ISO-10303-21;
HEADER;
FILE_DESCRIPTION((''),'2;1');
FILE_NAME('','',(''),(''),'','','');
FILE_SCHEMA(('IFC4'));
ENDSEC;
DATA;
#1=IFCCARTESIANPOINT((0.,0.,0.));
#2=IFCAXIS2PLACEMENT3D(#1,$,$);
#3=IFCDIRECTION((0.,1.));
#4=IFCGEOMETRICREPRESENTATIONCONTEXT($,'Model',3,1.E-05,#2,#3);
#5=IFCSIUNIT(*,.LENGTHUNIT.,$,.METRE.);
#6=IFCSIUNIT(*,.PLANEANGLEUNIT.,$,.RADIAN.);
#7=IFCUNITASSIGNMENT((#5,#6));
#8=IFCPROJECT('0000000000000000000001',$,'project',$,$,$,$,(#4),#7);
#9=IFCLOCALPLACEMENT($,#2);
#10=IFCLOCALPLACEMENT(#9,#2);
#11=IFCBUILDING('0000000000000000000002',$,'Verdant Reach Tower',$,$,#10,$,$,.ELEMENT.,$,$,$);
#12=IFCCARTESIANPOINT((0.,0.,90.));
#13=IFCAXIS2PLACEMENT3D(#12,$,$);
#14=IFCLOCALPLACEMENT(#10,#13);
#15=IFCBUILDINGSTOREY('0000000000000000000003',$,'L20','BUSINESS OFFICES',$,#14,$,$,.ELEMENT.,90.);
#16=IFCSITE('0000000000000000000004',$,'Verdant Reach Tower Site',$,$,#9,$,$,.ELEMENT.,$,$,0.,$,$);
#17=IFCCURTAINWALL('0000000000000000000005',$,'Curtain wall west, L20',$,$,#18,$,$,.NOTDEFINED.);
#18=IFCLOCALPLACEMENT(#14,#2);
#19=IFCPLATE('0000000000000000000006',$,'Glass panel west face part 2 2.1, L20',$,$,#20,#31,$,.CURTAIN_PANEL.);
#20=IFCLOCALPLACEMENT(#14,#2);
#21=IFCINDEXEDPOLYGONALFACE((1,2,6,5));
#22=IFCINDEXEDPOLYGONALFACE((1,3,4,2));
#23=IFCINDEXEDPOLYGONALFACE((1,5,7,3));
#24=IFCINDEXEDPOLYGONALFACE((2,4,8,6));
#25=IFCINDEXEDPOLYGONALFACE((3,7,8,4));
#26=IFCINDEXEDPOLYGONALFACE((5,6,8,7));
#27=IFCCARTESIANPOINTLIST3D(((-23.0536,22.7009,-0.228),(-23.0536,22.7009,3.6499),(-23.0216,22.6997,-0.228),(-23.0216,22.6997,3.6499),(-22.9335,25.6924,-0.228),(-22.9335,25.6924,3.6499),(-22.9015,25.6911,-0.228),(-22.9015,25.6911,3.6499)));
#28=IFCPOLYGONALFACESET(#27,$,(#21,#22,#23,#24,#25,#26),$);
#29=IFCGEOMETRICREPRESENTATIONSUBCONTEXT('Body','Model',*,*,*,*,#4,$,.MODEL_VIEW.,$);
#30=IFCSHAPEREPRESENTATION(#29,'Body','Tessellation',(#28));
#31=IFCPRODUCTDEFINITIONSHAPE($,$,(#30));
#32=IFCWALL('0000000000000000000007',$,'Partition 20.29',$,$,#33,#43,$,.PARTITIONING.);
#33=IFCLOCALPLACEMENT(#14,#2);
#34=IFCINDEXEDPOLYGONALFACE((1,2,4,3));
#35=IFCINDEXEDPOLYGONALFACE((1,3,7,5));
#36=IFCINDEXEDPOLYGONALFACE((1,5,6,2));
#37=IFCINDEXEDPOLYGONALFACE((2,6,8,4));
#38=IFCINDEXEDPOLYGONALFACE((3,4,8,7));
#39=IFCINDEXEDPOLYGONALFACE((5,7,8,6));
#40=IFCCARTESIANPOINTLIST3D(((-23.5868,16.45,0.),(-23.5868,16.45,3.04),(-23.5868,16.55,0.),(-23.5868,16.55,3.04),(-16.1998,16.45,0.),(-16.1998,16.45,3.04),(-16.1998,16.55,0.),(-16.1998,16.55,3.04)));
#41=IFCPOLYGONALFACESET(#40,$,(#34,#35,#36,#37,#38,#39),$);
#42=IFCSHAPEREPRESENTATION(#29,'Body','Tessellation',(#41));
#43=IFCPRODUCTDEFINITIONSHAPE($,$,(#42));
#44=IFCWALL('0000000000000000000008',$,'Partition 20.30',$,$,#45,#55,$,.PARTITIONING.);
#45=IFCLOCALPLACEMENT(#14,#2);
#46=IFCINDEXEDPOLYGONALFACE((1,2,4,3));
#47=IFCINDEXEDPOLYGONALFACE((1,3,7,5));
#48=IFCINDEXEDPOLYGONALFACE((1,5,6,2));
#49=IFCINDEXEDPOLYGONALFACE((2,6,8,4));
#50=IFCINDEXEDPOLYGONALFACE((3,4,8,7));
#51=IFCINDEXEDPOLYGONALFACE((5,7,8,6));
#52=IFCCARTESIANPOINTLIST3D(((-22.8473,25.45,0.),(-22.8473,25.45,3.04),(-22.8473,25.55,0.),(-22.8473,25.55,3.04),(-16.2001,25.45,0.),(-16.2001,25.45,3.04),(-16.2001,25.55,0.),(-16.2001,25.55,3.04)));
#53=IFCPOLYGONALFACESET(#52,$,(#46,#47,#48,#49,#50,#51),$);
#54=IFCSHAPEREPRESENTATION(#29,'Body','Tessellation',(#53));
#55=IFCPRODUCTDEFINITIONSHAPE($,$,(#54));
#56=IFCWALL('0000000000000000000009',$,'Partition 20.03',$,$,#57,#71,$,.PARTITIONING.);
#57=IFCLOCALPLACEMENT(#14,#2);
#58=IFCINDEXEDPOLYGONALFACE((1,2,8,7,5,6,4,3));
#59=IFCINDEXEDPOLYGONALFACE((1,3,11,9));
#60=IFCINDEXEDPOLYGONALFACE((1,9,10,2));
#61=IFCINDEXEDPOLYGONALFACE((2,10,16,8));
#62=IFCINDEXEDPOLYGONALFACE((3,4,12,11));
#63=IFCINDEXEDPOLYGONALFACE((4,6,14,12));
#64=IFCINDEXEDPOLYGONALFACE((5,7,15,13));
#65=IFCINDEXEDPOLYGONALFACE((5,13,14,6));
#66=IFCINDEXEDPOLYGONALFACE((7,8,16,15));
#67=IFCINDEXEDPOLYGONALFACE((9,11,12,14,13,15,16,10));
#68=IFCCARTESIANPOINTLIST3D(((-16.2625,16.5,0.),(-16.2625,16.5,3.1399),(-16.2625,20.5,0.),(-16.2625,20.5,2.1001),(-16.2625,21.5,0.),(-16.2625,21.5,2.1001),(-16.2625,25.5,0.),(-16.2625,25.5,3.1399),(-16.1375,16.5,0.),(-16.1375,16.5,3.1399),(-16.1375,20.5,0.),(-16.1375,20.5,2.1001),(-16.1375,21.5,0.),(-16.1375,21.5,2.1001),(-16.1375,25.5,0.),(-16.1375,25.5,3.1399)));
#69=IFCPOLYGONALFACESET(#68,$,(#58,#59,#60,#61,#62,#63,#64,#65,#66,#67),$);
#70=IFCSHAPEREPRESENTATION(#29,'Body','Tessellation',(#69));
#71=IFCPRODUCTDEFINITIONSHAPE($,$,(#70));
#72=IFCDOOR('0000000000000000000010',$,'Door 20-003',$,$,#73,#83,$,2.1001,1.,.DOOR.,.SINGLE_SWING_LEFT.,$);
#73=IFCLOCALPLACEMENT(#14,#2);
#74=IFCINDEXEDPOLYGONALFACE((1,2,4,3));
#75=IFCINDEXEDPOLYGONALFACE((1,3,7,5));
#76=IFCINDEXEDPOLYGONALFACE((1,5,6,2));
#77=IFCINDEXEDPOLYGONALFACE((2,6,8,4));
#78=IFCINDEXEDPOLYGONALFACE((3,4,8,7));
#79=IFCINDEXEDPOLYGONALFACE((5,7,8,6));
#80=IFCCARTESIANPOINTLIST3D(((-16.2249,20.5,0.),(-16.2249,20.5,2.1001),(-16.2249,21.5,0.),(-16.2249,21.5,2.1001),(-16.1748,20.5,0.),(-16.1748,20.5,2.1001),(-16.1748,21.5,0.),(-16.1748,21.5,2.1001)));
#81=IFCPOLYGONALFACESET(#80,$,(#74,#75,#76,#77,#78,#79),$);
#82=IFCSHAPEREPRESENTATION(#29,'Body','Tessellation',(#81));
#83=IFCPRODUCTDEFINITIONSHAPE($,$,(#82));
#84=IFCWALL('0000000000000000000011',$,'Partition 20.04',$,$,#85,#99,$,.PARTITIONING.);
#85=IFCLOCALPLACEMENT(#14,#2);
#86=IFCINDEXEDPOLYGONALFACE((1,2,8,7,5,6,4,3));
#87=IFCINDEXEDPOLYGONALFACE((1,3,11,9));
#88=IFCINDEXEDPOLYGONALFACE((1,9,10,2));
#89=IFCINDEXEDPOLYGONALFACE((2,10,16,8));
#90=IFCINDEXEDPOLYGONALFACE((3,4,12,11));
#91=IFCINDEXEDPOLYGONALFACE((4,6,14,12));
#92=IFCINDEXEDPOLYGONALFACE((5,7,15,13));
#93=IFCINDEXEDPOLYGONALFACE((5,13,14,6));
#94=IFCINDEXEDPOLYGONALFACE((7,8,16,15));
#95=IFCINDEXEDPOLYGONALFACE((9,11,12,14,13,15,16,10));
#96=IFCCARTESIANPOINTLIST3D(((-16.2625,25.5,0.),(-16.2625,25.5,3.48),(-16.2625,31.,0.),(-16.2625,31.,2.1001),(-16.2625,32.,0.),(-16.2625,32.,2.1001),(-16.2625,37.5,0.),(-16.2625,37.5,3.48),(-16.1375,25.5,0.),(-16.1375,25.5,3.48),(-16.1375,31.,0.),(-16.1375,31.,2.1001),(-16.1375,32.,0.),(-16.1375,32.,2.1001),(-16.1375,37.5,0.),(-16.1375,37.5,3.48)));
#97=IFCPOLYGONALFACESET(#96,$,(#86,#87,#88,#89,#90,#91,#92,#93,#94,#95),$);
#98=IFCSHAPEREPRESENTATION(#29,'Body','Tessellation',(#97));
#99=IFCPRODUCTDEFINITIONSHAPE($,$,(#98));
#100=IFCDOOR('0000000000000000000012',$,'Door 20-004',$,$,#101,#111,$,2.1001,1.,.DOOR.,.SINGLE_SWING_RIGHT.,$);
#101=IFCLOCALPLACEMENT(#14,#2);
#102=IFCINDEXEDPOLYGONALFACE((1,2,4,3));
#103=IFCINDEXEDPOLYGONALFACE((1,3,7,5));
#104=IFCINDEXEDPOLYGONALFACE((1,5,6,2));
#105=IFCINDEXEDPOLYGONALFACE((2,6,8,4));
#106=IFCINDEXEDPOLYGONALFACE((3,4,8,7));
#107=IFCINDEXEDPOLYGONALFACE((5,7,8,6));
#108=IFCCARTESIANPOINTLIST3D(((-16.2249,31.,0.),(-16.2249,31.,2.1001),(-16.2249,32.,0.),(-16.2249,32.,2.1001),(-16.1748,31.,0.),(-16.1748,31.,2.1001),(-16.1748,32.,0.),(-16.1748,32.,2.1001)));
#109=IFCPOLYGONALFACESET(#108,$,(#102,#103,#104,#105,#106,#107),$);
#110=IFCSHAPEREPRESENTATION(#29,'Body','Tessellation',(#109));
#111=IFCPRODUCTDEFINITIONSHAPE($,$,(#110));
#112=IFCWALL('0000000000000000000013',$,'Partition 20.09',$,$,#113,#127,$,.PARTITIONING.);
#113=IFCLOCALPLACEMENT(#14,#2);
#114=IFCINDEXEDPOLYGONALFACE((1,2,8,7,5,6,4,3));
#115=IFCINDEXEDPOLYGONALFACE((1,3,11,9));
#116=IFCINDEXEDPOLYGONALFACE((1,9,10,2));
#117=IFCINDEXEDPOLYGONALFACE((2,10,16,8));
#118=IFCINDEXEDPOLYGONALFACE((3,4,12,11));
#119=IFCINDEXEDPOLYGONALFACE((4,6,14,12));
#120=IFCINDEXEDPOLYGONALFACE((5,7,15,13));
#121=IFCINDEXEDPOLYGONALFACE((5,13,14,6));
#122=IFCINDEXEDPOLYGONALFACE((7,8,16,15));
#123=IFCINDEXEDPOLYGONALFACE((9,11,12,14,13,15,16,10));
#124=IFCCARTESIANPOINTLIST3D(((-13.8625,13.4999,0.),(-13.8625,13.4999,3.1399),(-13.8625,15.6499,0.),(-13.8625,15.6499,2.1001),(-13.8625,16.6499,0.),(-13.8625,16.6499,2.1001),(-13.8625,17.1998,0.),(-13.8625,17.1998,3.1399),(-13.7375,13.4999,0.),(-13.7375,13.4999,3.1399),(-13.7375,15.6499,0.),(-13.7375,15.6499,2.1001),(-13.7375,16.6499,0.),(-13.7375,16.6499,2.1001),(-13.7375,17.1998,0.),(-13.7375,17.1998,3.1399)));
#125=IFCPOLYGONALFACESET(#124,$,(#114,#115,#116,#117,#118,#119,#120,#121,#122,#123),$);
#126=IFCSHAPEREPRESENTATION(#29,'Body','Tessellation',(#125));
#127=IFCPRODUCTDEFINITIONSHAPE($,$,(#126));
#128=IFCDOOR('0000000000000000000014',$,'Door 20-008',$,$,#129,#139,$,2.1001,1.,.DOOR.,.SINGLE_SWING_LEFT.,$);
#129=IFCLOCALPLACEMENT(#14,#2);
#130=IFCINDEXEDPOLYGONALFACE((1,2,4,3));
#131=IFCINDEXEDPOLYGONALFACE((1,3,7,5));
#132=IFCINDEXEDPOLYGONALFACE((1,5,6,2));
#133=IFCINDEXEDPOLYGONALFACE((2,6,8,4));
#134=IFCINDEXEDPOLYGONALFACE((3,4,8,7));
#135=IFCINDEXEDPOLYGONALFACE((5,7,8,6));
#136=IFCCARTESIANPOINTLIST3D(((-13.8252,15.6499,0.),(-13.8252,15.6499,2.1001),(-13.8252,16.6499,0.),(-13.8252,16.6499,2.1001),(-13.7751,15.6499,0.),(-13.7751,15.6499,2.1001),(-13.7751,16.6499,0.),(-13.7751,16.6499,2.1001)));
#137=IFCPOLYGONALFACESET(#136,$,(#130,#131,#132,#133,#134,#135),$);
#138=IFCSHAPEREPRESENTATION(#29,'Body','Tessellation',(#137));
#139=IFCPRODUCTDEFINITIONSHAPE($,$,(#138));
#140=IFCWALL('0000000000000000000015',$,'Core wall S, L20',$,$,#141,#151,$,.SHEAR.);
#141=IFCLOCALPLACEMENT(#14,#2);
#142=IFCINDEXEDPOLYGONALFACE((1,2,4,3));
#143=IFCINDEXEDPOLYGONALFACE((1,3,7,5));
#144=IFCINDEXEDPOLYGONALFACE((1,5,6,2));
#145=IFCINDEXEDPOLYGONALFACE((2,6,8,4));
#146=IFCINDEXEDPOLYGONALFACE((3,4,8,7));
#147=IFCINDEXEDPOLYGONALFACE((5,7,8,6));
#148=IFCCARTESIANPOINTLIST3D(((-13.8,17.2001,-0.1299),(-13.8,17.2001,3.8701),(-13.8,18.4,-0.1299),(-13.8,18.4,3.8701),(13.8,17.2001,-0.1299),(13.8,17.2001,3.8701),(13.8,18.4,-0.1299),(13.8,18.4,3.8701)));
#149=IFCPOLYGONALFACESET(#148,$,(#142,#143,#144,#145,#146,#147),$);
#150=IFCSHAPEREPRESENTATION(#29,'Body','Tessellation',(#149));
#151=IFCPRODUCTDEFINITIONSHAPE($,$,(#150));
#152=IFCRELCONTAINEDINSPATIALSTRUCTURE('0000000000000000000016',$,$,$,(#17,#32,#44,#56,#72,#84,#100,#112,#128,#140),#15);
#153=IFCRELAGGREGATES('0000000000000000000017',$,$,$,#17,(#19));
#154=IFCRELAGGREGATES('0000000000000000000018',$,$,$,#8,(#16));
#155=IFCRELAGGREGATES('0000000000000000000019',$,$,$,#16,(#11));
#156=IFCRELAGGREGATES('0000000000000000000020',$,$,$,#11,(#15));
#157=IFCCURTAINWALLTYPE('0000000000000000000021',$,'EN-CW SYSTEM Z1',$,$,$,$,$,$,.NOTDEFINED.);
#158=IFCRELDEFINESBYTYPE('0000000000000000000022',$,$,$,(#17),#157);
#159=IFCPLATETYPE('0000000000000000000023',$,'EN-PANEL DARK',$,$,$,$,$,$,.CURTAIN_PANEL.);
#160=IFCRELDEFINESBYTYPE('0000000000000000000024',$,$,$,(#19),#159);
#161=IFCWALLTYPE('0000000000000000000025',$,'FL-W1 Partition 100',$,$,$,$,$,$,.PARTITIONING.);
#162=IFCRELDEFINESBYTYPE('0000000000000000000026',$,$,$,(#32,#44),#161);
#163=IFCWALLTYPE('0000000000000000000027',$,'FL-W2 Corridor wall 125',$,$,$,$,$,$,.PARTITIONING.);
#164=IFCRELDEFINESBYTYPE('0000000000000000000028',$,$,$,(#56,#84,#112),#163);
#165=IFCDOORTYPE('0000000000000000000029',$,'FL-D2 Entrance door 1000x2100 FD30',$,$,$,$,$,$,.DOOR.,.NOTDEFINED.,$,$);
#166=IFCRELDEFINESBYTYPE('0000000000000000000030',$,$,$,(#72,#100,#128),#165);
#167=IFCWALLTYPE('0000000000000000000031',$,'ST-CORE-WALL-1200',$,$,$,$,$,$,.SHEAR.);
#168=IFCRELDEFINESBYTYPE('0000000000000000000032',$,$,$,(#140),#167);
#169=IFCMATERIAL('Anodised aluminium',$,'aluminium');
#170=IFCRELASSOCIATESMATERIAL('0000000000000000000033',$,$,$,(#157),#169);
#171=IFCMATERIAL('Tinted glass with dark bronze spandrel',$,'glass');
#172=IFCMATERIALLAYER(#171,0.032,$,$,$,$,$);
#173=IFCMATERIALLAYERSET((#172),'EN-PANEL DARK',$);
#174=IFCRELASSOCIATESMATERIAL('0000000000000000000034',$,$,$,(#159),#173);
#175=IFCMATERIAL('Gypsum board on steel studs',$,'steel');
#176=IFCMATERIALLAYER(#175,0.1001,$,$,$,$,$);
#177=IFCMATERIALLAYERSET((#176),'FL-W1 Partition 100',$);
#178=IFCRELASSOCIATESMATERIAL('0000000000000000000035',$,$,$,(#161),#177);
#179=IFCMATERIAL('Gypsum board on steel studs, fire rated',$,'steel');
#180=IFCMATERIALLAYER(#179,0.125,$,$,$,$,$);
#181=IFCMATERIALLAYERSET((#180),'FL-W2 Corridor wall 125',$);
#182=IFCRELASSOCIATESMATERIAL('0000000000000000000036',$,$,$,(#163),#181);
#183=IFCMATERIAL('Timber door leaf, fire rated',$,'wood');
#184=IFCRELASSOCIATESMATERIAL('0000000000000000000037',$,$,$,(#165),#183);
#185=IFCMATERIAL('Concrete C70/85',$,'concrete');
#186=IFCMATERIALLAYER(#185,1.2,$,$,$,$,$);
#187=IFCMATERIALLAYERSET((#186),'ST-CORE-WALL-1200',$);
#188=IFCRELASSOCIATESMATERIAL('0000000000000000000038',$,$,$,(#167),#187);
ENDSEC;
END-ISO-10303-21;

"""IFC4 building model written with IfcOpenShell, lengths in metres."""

from ifc_helpers import new_model, si_unit, direction, frame, frame_2d, origin, origin_2d, place, context, subcontext, project, spatial, rectangle, extrude, material, layer, layer_set, type_object, element, fill, aggregate, save


model = new_model("IFC4")

# Units and contexts
model_context = context("Model", 3, precision=1e-05, world=origin(), true_north=direction((0.0, 1.0)))
body_context = subcontext(model_context, "Body", "Model", "MODEL_VIEW")
ifc_project = project(units=[si_unit("LENGTHUNIT", "METRE"), si_unit("PLANEANGLEUNIT", "RADIAN")], contexts=[model_context])

# Site, building, storey
site_placement = place(None, origin())
site = spatial("IfcSite", under=ifc_project, at=site_placement, Name="Verdant Reach Tower Site", CompositionType="ELEMENT", RefElevation=0.0)
building_placement = place(site_placement, origin())
building = spatial("IfcBuilding", under=site, at=building_placement, Name="Verdant Reach Tower", CompositionType="ELEMENT")
storey_placement = place(building_placement, frame((0.0, 0.0, 90.0)))
storey = spatial("IfcBuildingStorey", under=building, at=storey_placement, Name="L20", Description="BUSINESS OFFICES", CompositionType="ELEMENT", Elevation=90.0)

# Curtain wall, plate
ifc_material_1 = material(Name="Anodised aluminium", Category="aluminium")
curtain_wall_type = type_object("IfcCurtainWallType", Name="EN-CW SYSTEM Z1", PredefinedType="NOTDEFINED", material=ifc_material_1)
curtain_wall_placement = place(storey_placement, origin())
curtain_wall = element("IfcCurtainWall", 1, at=curtain_wall_placement, inside=storey, type_object=curtain_wall_type, Name="Curtain wall west, L20", PredefinedType="NOTDEFINED")
ifc_material_2 = material(Name="Tinted glass with dark bronze spandrel", Category="glass")
ifc_layer_1 = layer(ifc_material_2, 0.032)
ifc_layer_set_1 = layer_set([ifc_layer_1], Name="EN-PANEL DARK")
plate_type_1 = type_object("IfcPlateType", Name="EN-PANEL DARK", PredefinedType="CURTAIN_PANEL", material=ifc_layer_set_1)
plate_1_placement = place(storey_placement, frame((-22.9775, 24.196, -0.228), z_axis=(0.0, 0.0, 1.0), x_axis=(-0.040109, -0.999195, 0.0)))
plate_1 = element("IfcPlate", 2, at=plate_1_placement, type_object=plate_type_1, Name="Glass panel west face part 2 2.1, L20", PredefinedType="CURTAIN_PANEL", context=body_context, shape_type="SweptSolid", body=[
    extrude(rectangle(XDim=2.9939, YDim=0.032, at=origin_2d()), origin(), (0.0, 0.0, 1.0), 3.8779),
])
aggregate(curtain_wall, [plate_1])

# Walls
ifc_material_3 = material(Name="Gypsum board on steel studs", Category="steel")
ifc_layer_2 = layer(ifc_material_3, 0.1001)
ifc_layer_set_2 = layer_set([ifc_layer_2], Name="FL-W1 Partition 100")
wall_type_1 = type_object("IfcWallType", Name="FL-W1 Partition 100", PredefinedType="PARTITIONING", material=ifc_layer_set_2)
wall_1_placement = place(storey_placement, frame((-16.2, 16.5, 0.0), z_axis=(0.0, 0.0, 1.0), x_axis=(-1.0, 0.0, 0.0)))
element("IfcWall", 3, at=wall_1_placement, inside=storey, type_object=wall_type_1, Name="Partition 20.29", PredefinedType="PARTITIONING", context=body_context, shape_type="SweptSolid", body=[
    extrude(rectangle(XDim=7.387, YDim=0.1001, at=frame_2d((3.6934, 0.0))), origin(), (0.0, 0.0, 1.0), 3.04),
])
wall_2_placement = place(storey_placement, frame((-16.2, 25.5, 0.0), z_axis=(0.0, 0.0, 1.0), x_axis=(-1.0, 0.0, 0.0)))
element("IfcWall", 4, at=wall_2_placement, inside=storey, type_object=wall_type_1, Name="Partition 20.30", PredefinedType="PARTITIONING", context=body_context, shape_type="SweptSolid", body=[
    extrude(rectangle(XDim=6.6472, YDim=0.1001, at=frame_2d((3.3237, 0.0))), origin(), (0.0, 0.0, 1.0), 3.04),
])

# Walls, openings, doors
ifc_material_4 = material(Name="Gypsum board on steel studs, fire rated", Category="steel")
ifc_layer_3 = layer(ifc_material_4, 0.125)
ifc_layer_set_3 = layer_set([ifc_layer_3], Name="FL-W2 Corridor wall 125")
wall_type_2 = type_object("IfcWallType", Name="FL-W2 Corridor wall 125", PredefinedType="PARTITIONING", material=ifc_layer_set_3)
wall_3_placement = place(storey_placement, frame((-16.2, 16.5, 0.0), z_axis=(0.0, 0.0, 1.0), x_axis=(0.0, 1.0, 0.0)))
wall_3 = element("IfcWall", 5, at=wall_3_placement, inside=storey, type_object=wall_type_2, Name="Partition 20.03", PredefinedType="PARTITIONING", context=body_context, shape_type="SweptSolid", body=[
    extrude(rectangle(XDim=9.0, YDim=0.125, at=frame_2d((4.5, 0.0))), origin(), (0.0, 0.0, 1.0), 3.1399),
])
opening_1_placement = place(wall_3_placement, frame((4.0, 0.0, 0.0)))
opening_1 = element("IfcOpeningElement", 6, at=opening_1_placement, cuts=wall_3, PredefinedType="OPENING", context=body_context, shape_type="SweptSolid", body=[
    extrude(rectangle(XDim=1.0, YDim=2.1001, at=frame_2d((0.5, 1.05))), frame((0.0, 0.0725, 0.0), z_axis=(0.0, -1.0, 0.0), x_axis=(1.0, 0.0, 0.0)), (0.0, 0.0, 1.0), 0.145),
])
ifc_material_5 = material(Name="Timber door leaf, fire rated", Category="wood")
door_type = type_object("IfcDoorType", Name="FL-D2 Entrance door 1000x2100 FD30", OperationType="NOTDEFINED", PredefinedType="DOOR", material=ifc_material_5)
door_1_placement = place(opening_1_placement, origin())
door_1 = element("IfcDoor", 7, at=door_1_placement, inside=storey, type_object=door_type, Name="Door 20-003", OperationType="SINGLE_SWING_LEFT", OverallHeight=2.1001, OverallWidth=1.0, PredefinedType="DOOR", context=body_context, shape_type="SweptSolid", body=[
    extrude(rectangle(XDim=1.0, YDim=2.1001, at=frame_2d((0.5, 1.05))), frame((0.0, 0.0249, 0.0), z_axis=(0.0, -1.0, 0.0), x_axis=(1.0, 0.0, 0.0)), (0.0, 0.0, 1.0), 0.05),
])
fill(opening_1, door_1)
wall_4_placement = place(storey_placement, frame((-16.2, 25.5, 0.0), z_axis=(0.0, 0.0, 1.0), x_axis=(0.0, 1.0, 0.0)))
wall_4 = element("IfcWall", 8, at=wall_4_placement, inside=storey, type_object=wall_type_2, Name="Partition 20.04", PredefinedType="PARTITIONING", context=body_context, shape_type="SweptSolid", body=[
    extrude(rectangle(XDim=12.0, YDim=0.125, at=frame_2d((6.0, 0.0))), origin(), (0.0, 0.0, 1.0), 3.48),
])
opening_2_placement = place(wall_4_placement, frame((5.5, 0.0, 0.0)))
opening_2 = element("IfcOpeningElement", 9, at=opening_2_placement, cuts=wall_4, PredefinedType="OPENING", context=body_context, shape_type="SweptSolid", body=[
    extrude(rectangle(XDim=1.0, YDim=2.1001, at=frame_2d((0.5, 1.05))), frame((0.0, 0.0725, 0.0), z_axis=(0.0, -1.0, 0.0), x_axis=(1.0, 0.0, 0.0)), (0.0, 0.0, 1.0), 0.145),
])
door_2_placement = place(opening_2_placement, origin())
door_2 = element("IfcDoor", 10, at=door_2_placement, inside=storey, type_object=door_type, Name="Door 20-004", OperationType="SINGLE_SWING_RIGHT", OverallHeight=2.1001, OverallWidth=1.0, PredefinedType="DOOR", context=body_context, shape_type="SweptSolid", body=[
    extrude(rectangle(XDim=1.0, YDim=2.1001, at=frame_2d((0.5, 1.05))), frame((0.0, 0.0249, 0.0), z_axis=(0.0, -1.0, 0.0), x_axis=(1.0, 0.0, 0.0)), (0.0, 0.0, 1.0), 0.05),
])
fill(opening_2, door_2)
wall_5_placement = place(storey_placement, frame((-13.8, 17.2, 0.0), z_axis=(0.0, 0.0, 1.0), x_axis=(0.0, -1.0, 0.0)))
wall_5 = element("IfcWall", 11, at=wall_5_placement, inside=storey, type_object=wall_type_2, Name="Partition 20.09", PredefinedType="PARTITIONING", context=body_context, shape_type="SweptSolid", body=[
    extrude(rectangle(XDim=3.7, YDim=0.125, at=frame_2d((1.8501, 0.0))), origin(), (0.0, 0.0, 1.0), 3.1399),
])
opening_3_placement = place(wall_5_placement, frame((0.55, 0.0, 0.0)))
opening_3 = element("IfcOpeningElement", 12, at=opening_3_placement, cuts=wall_5, PredefinedType="OPENING", context=body_context, shape_type="SweptSolid", body=[
    extrude(rectangle(XDim=1.0, YDim=2.1001, at=frame_2d((0.5, 1.05))), frame((0.0, 0.0725, 0.0), z_axis=(0.0, -1.0, 0.0), x_axis=(1.0, 0.0, 0.0)), (0.0, 0.0, 1.0), 0.145),
])
door_3_placement = place(opening_3_placement, origin())
door_3 = element("IfcDoor", 13, at=door_3_placement, inside=storey, type_object=door_type, Name="Door 20-008", OperationType="SINGLE_SWING_LEFT", OverallHeight=2.1001, OverallWidth=1.0, PredefinedType="DOOR", context=body_context, shape_type="SweptSolid", body=[
    extrude(rectangle(XDim=1.0, YDim=2.1001, at=frame_2d((0.5, 1.05))), frame((0.0, 0.0249, 0.0), z_axis=(0.0, -1.0, 0.0), x_axis=(1.0, 0.0, 0.0)), (0.0, 0.0, 1.0), 0.05),
])
fill(opening_3, door_3)

# Wall
ifc_material_6 = material(Name="Concrete C70/85", Category="concrete")
ifc_layer_4 = layer(ifc_material_6, 1.2)
ifc_layer_set_4 = layer_set([ifc_layer_4], Name="ST-CORE-WALL-1200")
wall_type_3 = type_object("IfcWallType", Name="ST-CORE-WALL-1200", PredefinedType="SHEAR", material=ifc_layer_set_4)
wall_6_placement = place(storey_placement, frame((-13.8, 17.8, -0.1299), z_axis=(0.0, 0.0, 1.0), x_axis=(1.0, 0.0, 0.0)))
element("IfcWall", 14, at=wall_6_placement, inside=storey, type_object=wall_type_3, Name="Core wall S, L20", PredefinedType="SHEAR", context=body_context, shape_type="SweptSolid", body=[
    extrude(rectangle(XDim=27.6001, YDim=1.2, at=frame_2d((13.8, 0.0))), origin(), (0.0, 0.0, 1.0), 4.0),
])

save(model, "model.ifc")
